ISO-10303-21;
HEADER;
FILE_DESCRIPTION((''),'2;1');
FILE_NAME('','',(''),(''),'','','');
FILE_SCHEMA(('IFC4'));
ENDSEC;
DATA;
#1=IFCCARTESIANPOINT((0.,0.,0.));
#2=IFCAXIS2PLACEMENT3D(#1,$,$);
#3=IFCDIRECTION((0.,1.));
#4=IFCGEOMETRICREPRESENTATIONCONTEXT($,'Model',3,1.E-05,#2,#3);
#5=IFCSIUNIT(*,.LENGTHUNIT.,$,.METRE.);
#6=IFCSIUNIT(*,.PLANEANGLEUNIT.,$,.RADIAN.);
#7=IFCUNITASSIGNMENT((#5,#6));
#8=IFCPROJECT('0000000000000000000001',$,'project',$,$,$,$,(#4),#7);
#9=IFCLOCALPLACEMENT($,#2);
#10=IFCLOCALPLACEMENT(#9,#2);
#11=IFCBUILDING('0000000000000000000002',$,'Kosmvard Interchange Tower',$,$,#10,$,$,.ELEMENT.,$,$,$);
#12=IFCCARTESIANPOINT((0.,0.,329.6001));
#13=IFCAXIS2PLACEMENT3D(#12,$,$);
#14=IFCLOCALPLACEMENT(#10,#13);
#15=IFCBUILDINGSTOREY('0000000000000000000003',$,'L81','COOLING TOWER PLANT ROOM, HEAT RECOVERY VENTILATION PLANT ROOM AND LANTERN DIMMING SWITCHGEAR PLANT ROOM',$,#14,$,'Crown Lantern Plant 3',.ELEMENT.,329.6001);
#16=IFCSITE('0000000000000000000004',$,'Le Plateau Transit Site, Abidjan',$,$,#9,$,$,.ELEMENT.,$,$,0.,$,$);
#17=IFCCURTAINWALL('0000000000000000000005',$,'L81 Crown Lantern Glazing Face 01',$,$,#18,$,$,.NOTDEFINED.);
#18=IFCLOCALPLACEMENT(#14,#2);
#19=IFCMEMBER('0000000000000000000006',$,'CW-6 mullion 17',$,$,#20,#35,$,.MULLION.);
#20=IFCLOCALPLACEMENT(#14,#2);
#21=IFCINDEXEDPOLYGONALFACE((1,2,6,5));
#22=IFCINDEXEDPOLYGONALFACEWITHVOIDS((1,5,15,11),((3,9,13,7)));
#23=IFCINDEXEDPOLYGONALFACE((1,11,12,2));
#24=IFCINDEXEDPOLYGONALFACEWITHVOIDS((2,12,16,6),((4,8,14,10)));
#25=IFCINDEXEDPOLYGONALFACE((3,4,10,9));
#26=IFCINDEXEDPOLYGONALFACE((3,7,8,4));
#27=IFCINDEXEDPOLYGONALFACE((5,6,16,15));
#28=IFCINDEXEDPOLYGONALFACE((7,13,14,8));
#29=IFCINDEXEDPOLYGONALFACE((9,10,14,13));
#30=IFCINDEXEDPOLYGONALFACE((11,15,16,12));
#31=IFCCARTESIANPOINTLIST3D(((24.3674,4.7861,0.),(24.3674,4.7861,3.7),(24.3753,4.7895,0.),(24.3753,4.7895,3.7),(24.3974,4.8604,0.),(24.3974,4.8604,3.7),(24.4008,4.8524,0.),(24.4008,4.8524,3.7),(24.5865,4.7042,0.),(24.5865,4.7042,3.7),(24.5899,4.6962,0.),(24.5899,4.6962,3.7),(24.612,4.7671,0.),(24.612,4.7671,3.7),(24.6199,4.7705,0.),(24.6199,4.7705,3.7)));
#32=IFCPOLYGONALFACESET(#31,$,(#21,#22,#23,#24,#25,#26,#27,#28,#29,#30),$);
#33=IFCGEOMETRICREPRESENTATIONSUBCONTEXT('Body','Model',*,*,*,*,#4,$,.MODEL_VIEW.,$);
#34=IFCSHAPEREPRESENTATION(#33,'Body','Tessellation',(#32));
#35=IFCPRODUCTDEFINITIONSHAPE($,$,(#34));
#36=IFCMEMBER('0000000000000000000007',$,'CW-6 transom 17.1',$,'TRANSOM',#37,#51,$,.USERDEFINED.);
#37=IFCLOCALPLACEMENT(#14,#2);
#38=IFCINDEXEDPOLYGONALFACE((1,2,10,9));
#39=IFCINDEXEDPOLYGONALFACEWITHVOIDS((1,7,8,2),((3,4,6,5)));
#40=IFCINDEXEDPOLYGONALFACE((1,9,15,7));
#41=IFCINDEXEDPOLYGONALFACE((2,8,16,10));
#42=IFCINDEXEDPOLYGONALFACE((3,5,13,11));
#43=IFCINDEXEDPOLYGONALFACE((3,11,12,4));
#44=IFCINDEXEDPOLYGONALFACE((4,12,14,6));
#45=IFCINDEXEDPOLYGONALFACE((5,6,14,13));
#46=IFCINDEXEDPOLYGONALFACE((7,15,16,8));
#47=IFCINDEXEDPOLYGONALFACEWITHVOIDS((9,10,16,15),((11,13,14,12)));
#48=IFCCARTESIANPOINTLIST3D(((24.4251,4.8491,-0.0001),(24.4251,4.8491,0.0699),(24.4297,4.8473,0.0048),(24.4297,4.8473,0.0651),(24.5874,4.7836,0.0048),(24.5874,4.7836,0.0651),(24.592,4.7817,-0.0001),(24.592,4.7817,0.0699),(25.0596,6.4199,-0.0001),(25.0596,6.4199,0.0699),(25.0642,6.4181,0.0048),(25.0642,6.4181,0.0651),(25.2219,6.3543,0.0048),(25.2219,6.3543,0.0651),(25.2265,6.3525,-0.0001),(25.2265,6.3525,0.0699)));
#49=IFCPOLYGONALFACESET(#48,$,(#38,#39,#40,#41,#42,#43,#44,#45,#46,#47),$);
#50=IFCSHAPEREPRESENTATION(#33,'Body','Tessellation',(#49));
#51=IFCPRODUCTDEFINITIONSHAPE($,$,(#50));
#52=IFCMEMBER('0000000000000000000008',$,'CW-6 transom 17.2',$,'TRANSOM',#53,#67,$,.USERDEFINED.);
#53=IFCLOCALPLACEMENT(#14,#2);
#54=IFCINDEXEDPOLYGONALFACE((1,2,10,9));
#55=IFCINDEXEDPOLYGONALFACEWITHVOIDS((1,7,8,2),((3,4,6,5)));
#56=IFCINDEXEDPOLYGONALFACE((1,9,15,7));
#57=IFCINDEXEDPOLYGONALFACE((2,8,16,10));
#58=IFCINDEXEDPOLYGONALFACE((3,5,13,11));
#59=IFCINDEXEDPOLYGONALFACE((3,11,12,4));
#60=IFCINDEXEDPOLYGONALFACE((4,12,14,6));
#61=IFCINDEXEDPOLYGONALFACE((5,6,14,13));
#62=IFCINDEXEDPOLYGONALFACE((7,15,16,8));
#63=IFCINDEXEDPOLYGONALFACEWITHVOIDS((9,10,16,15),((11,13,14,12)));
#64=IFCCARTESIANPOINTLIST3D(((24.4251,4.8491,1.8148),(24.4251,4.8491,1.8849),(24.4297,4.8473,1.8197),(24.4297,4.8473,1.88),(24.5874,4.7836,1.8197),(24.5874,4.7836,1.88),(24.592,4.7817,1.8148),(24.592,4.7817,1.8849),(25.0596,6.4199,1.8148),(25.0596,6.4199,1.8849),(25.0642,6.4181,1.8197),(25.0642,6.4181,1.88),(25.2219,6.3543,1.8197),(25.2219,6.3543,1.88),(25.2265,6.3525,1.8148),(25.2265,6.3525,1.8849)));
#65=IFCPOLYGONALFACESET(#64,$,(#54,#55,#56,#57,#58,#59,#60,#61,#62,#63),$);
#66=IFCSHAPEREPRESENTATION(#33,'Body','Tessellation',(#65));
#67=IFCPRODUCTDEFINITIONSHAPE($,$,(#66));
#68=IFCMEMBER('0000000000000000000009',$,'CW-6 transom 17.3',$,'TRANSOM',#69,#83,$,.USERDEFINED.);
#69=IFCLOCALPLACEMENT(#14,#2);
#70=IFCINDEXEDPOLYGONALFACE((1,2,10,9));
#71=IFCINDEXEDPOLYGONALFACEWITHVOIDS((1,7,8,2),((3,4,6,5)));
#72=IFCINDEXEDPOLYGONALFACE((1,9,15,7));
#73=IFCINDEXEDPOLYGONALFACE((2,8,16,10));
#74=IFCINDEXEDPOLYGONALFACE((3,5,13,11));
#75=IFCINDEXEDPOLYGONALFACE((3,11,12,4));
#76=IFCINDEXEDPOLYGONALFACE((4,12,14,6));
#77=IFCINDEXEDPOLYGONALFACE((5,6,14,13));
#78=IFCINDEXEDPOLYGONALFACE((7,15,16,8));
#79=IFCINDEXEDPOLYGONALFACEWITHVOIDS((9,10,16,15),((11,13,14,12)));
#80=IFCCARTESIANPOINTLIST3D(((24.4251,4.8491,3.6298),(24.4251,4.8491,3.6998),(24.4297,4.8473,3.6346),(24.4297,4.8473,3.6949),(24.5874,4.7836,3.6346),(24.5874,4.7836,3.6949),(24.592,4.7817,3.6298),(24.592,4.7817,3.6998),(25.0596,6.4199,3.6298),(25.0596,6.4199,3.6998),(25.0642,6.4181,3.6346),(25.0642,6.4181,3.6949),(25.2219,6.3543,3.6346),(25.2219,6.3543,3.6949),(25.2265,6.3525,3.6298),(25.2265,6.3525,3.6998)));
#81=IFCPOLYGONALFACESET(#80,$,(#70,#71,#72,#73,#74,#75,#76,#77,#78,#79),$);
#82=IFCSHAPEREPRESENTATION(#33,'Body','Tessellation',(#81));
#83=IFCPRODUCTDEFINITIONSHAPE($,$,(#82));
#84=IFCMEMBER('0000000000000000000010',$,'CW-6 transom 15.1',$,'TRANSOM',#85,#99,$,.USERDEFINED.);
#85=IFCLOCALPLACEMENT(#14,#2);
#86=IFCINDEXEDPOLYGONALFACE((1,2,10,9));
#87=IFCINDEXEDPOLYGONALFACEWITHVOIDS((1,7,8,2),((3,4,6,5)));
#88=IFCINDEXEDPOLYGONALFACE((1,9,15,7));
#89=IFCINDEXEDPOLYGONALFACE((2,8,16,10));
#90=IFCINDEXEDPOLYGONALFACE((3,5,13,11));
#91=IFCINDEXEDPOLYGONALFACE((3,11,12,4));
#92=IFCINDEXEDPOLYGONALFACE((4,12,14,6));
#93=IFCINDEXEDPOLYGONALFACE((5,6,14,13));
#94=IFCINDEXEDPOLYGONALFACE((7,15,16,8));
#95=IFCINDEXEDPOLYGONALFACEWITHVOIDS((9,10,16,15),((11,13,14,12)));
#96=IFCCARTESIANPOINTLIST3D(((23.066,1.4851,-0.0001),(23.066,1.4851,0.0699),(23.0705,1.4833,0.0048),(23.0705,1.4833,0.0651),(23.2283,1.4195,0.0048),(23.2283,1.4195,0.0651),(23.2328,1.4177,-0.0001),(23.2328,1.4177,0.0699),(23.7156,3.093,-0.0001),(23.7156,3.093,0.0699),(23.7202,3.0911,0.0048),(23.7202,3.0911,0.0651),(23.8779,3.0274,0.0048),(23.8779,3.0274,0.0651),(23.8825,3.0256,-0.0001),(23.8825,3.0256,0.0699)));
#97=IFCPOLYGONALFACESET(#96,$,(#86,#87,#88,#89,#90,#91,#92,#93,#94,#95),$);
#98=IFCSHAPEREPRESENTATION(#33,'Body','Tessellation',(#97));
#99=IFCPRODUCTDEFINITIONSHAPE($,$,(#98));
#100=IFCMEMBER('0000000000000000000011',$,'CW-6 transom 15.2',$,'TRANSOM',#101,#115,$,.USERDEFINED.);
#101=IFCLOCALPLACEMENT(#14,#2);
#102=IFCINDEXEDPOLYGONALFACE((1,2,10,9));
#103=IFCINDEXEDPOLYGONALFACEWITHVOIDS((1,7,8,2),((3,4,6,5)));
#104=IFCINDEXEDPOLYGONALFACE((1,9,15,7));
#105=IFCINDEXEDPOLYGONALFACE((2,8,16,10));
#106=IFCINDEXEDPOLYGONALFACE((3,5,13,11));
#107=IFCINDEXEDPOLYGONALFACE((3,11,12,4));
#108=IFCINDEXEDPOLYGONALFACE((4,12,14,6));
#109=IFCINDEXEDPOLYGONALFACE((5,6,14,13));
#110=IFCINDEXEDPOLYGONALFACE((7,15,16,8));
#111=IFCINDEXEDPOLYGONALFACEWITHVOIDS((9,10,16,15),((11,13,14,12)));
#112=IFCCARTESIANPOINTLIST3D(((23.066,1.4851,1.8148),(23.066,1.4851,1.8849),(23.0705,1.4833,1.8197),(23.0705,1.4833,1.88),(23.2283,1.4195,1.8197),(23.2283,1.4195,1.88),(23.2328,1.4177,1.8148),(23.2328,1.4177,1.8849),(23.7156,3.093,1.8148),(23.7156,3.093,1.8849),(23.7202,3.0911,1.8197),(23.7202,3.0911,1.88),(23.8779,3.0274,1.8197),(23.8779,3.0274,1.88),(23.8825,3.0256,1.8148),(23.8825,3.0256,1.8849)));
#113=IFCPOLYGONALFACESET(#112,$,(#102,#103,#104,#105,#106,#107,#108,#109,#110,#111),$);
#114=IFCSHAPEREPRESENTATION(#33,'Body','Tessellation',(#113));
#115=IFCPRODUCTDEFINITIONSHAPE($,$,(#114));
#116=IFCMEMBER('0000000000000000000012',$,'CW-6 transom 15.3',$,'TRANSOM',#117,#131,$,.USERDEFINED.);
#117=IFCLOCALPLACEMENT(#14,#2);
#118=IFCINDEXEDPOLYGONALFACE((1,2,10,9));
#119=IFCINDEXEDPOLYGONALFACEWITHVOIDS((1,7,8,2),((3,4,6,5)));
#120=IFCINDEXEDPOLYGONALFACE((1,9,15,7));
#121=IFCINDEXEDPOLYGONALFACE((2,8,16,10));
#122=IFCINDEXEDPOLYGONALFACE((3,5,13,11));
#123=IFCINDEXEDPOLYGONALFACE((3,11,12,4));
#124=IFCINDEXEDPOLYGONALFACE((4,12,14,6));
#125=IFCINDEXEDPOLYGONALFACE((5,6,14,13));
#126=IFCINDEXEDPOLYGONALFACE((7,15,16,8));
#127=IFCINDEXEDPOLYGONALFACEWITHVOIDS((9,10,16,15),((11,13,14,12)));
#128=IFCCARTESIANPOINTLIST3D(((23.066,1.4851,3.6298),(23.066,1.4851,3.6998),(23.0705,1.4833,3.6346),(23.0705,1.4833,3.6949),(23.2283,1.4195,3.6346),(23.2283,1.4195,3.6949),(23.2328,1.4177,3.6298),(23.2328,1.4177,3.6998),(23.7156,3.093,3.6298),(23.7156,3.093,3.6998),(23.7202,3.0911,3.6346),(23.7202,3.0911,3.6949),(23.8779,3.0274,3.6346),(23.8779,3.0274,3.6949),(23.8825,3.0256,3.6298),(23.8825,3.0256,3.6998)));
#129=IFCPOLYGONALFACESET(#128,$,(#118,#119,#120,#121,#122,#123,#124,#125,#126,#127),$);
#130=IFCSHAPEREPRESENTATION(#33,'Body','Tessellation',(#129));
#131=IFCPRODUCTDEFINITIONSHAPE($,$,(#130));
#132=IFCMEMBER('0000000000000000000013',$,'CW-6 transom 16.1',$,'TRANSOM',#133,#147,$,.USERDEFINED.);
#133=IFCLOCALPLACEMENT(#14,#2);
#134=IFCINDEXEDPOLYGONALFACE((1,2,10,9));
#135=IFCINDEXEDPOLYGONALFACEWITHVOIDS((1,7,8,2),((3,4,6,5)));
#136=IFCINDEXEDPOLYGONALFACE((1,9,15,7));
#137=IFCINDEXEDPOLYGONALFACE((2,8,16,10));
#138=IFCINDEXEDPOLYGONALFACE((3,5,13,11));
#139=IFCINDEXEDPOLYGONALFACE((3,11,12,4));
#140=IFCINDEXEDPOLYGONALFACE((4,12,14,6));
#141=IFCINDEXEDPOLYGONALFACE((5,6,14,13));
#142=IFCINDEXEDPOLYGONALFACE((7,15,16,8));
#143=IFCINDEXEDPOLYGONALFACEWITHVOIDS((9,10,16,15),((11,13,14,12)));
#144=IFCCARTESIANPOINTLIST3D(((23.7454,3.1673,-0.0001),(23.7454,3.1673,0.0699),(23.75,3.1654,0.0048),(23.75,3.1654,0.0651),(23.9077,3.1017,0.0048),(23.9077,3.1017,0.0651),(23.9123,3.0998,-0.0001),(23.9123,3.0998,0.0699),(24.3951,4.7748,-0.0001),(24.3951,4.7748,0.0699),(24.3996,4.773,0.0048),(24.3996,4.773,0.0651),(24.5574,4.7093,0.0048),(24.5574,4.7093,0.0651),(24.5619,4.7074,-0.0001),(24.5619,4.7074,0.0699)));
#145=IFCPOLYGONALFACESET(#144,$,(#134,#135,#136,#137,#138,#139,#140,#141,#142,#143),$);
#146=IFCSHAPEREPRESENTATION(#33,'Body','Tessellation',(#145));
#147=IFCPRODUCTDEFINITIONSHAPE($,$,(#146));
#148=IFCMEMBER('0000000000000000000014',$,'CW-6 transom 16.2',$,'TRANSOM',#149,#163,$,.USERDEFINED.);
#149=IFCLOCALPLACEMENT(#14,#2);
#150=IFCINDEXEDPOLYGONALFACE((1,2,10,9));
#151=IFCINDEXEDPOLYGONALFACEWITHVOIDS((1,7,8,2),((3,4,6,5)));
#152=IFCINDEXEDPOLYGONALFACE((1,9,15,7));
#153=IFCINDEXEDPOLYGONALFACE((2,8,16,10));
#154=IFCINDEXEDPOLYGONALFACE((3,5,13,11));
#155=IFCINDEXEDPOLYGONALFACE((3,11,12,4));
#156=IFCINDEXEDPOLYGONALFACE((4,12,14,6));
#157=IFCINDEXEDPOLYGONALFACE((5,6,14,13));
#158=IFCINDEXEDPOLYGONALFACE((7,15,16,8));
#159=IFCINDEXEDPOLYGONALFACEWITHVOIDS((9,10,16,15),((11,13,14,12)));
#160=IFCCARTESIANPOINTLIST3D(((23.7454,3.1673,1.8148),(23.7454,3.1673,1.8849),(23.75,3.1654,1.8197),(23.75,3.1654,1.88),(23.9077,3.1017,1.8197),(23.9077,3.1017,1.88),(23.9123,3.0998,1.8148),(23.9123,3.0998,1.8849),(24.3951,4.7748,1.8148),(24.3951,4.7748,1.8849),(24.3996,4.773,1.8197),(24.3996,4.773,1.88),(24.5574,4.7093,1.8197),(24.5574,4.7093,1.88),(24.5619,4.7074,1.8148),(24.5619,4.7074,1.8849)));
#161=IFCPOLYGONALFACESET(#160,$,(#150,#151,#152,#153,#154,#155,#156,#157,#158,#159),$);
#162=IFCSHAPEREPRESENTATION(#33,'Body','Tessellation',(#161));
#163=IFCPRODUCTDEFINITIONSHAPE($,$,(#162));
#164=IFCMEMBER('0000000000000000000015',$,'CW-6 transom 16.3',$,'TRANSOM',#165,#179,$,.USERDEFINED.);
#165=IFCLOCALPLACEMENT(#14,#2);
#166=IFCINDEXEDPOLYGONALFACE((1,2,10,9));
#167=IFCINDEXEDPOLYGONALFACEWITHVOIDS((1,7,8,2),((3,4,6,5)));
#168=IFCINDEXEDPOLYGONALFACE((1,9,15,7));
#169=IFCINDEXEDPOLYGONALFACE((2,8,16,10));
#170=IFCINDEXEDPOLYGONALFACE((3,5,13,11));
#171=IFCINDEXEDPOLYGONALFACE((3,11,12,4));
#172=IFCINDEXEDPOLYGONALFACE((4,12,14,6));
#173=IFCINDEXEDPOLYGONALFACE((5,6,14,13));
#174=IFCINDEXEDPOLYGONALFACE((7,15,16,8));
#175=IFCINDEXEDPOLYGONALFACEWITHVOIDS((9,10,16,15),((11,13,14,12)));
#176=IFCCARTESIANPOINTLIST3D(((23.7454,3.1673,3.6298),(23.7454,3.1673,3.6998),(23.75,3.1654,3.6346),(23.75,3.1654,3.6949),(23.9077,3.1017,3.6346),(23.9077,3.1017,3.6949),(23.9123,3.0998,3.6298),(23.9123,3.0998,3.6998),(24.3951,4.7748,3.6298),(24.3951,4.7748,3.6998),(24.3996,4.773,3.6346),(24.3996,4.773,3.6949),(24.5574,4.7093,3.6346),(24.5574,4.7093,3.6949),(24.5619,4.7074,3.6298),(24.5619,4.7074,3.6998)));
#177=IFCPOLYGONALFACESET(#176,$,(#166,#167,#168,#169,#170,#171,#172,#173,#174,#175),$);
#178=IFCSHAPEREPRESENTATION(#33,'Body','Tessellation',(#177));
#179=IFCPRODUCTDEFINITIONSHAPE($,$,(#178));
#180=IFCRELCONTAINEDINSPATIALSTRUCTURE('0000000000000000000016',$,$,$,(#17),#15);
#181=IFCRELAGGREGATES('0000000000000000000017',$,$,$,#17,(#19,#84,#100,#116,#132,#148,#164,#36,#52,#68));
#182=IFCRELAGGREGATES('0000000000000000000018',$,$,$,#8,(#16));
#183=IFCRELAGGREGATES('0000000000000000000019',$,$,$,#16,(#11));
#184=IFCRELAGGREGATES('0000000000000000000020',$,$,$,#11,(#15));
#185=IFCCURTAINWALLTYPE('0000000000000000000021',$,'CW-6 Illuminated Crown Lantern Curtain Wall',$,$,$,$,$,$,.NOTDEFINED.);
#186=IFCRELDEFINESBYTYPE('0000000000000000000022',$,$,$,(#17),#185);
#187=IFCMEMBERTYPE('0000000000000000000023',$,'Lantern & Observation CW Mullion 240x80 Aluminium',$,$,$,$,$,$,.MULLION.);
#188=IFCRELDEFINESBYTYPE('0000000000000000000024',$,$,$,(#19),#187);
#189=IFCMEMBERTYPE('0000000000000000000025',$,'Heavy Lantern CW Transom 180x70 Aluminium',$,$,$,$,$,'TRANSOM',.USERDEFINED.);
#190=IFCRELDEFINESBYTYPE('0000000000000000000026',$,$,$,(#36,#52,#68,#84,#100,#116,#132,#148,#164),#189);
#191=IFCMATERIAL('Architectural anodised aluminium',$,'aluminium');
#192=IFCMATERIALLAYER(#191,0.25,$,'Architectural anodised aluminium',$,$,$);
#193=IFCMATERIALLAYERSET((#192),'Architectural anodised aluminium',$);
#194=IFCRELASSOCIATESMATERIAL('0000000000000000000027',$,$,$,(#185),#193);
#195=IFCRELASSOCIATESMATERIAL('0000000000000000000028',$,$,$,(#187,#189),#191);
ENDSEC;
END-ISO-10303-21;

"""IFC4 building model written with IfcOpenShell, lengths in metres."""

from ifc_helpers import new_model, si_unit, direction, frame, origin, origin_2d, place, context, subcontext, project, spatial, hollow_rectangle, extrude, source, transform, mapped, material, layer, layer_set, material_profile, profile_set, type_object, element, aggregate, save


model = new_model("IFC4")

# Units and contexts
model_context = context("Model", 3, precision=1e-05, world=origin(), true_north=direction((0.0, 1.0)))
body_context = subcontext(model_context, "Body", "Model", "MODEL_VIEW")
ifc_project = project(units=[si_unit("LENGTHUNIT", "METRE"), si_unit("PLANEANGLEUNIT", "RADIAN")], contexts=[model_context])

# Site, building, storey
site_placement = place(None, origin())
site = spatial("IfcSite", under=ifc_project, at=site_placement, Name="Le Plateau Transit Site, Abidjan", CompositionType="ELEMENT", RefElevation=0.0)
building_placement = place(site_placement, origin())
building = spatial("IfcBuilding", under=site, at=building_placement, Name="Kosmvard Interchange Tower", CompositionType="ELEMENT")
storey_placement = place(building_placement, frame((0.0, 0.0, 329.6001)))
storey = spatial("IfcBuildingStorey", under=building, at=storey_placement, Name="L81", Description="COOLING TOWER PLANT ROOM, HEAT RECOVERY VENTILATION PLANT ROOM AND LANTERN DIMMING SWITCHGEAR PLANT ROOM", LongName="Crown Lantern Plant 3", CompositionType="ELEMENT", Elevation=329.6001)

# Curtain wall, members
ifc_material_1 = material(Name="Architectural anodised aluminium", Category="aluminium")
ifc_layer_1 = layer(ifc_material_1, 0.25, Name="Architectural anodised aluminium")
ifc_layer_set_1 = layer_set([ifc_layer_1], Name="Architectural anodised aluminium")
curtain_wall_type = type_object("IfcCurtainWallType", Name="CW-6 Illuminated Crown Lantern Curtain Wall", PredefinedType="NOTDEFINED", material=ifc_layer_set_1)
curtain_wall_placement = place(storey_placement, origin())
curtain_wall = element("IfcCurtainWall", 1, at=curtain_wall_placement, inside=storey, type_object=curtain_wall_type, Name="L81 Crown Lantern Glazing Face 01", PredefinedType="NOTDEFINED")
ifc_material_profile_1 = material_profile(ifc_material_1, hollow_rectangle(XDim=0.24, YDim=0.0801, WallThickness=0.0061, at=origin_2d()), Name="CWM 240x80x6")
ifc_profile_set_1 = profile_set([ifc_material_profile_1], Name="Architectural anodised aluminium")
member_type_1 = type_object("IfcMemberType", Name="Lantern & Observation CW Mullion 240x80 Aluminium", PredefinedType="MULLION", material=ifc_profile_set_1)
shared_shape_1 = source(origin(), body_context, "Body", "SweptSolid", [
    extrude(hollow_rectangle(XDim=0.24, YDim=0.0801, WallThickness=0.0061, at=origin_2d()), origin(), (0.0, 0.0, 1.0), 3.7),
])
member_1_placement = place(storey_placement, frame((24.4937, 4.7783, 0.0), z_axis=(0.0, 0.0, 1.0), x_axis=(-0.927184, 0.374607, 0.0)))
member_1 = element("IfcMember", 2, at=member_1_placement, type_object=member_type_1, Name="CW-6 mullion 17", PredefinedType="MULLION", context=body_context, shape_type="MappedRepresentation", body=[
    mapped(shared_shape_1, transform((0.0, 0.0, 0.0), scale=1.0)),
])
ifc_material_profile_2 = material_profile(ifc_material_1, hollow_rectangle(XDim=0.1799, YDim=0.0701, WallThickness=0.0049, at=origin_2d()), Name="CWT 180x70x5")
ifc_profile_set_2 = profile_set([ifc_material_profile_2], Name="Architectural anodised aluminium")
member_type_2 = type_object("IfcMemberType", Name="Heavy Lantern CW Transom 180x70 Aluminium", ElementType="TRANSOM", PredefinedType="USERDEFINED", material=ifc_profile_set_2)
shared_shape_2 = source(origin(), body_context, "Body", "SweptSolid", [
    extrude(hollow_rectangle(XDim=0.1799, YDim=0.0701, WallThickness=0.0049, at=origin_2d()), origin(), (0.0, 0.0, 1.0), 1.6941),
])
member_2_placement = place(storey_placement, frame((24.5085, 4.8154, 0.0349), z_axis=(0.374544, 0.927209, 0.0), x_axis=(-0.927209, 0.374544, 0.0)))
member_2 = element("IfcMember", 3, at=member_2_placement, type_object=member_type_2, Name="CW-6 transom 17.1", ObjectType="TRANSOM", PredefinedType="USERDEFINED", context=body_context, shape_type="MappedRepresentation", body=[
    mapped(shared_shape_2, transform((0.0, 0.0, 0.0), scale=1.0)),
])
member_3_placement = place(storey_placement, frame((24.5085, 4.8154, 1.8499), z_axis=(0.374544, 0.927209, 0.0), x_axis=(-0.927209, 0.374544, 0.0)))
member_3 = element("IfcMember", 4, at=member_3_placement, type_object=member_type_2, Name="CW-6 transom 17.2", ObjectType="TRANSOM", PredefinedType="USERDEFINED", context=body_context, shape_type="MappedRepresentation", body=[
    mapped(shared_shape_2, transform((0.0, 0.0, 0.0), scale=1.0)),
])
member_4_placement = place(storey_placement, frame((24.5085, 4.8154, 3.6648), z_axis=(0.374544, 0.927209, 0.0), x_axis=(-0.927209, 0.374544, 0.0)))
member_4 = element("IfcMember", 5, at=member_4_placement, type_object=member_type_2, Name="CW-6 transom 17.3", ObjectType="TRANSOM", PredefinedType="USERDEFINED", context=body_context, shape_type="MappedRepresentation", body=[
    mapped(shared_shape_2, transform((0.0, 0.0, 0.0), scale=1.0)),
])
shared_shape_3 = source(origin(), body_context, "Body", "SweptSolid", [
    extrude(hollow_rectangle(XDim=0.1799, YDim=0.0701, WallThickness=0.0049, at=origin_2d()), origin(), (0.0, 0.0, 1.0), 1.7341),
])
member_5_placement = place(storey_placement, frame((23.1494, 1.4514, 0.0349), z_axis=(0.374617, 0.92718, 0.0), x_axis=(-0.92718, 0.374617, 0.0)))
member_5 = element("IfcMember", 6, at=member_5_placement, type_object=member_type_2, Name="CW-6 transom 15.1", ObjectType="TRANSOM", PredefinedType="USERDEFINED", context=body_context, shape_type="MappedRepresentation", body=[
    mapped(shared_shape_3, transform((0.0, 0.0, 0.0), scale=1.0)),
])
member_6_placement = place(storey_placement, frame((23.1494, 1.4514, 1.8499), z_axis=(0.374617, 0.92718, 0.0), x_axis=(-0.92718, 0.374617, 0.0)))
member_6 = element("IfcMember", 7, at=member_6_placement, type_object=member_type_2, Name="CW-6 transom 15.2", ObjectType="TRANSOM", PredefinedType="USERDEFINED", context=body_context, shape_type="MappedRepresentation", body=[
    mapped(shared_shape_3, transform((0.0, 0.0, 0.0), scale=1.0)),
])
member_7_placement = place(storey_placement, frame((23.1494, 1.4514, 3.6648), z_axis=(0.374617, 0.92718, 0.0), x_axis=(-0.92718, 0.374617, 0.0)))
member_7 = element("IfcMember", 8, at=member_7_placement, type_object=member_type_2, Name="CW-6 transom 15.3", ObjectType="TRANSOM", PredefinedType="USERDEFINED", context=body_context, shape_type="MappedRepresentation", body=[
    mapped(shared_shape_3, transform((0.0, 0.0, 0.0), scale=1.0)),
])
shared_shape_4 = source(origin(), body_context, "Body", "SweptSolid", [
    extrude(hollow_rectangle(XDim=0.1799, YDim=0.0701, WallThickness=0.0049, at=origin_2d()), origin(), (0.0, 0.0, 1.0), 1.7339),
])
member_8_placement = place(storey_placement, frame((23.8289, 3.1335, 0.0349), z_axis=(0.374666, 0.92716, 0.0), x_axis=(-0.92716, 0.374666, 0.0)))
member_8 = element("IfcMember", 9, at=member_8_placement, type_object=member_type_2, Name="CW-6 transom 16.1", ObjectType="TRANSOM", PredefinedType="USERDEFINED", context=body_context, shape_type="MappedRepresentation", body=[
    mapped(shared_shape_4, transform((0.0, 0.0, 0.0), scale=1.0)),
])
member_9_placement = place(storey_placement, frame((23.8289, 3.1335, 1.8499), z_axis=(0.374666, 0.92716, 0.0), x_axis=(-0.92716, 0.374666, 0.0)))
member_9 = element("IfcMember", 10, at=member_9_placement, type_object=member_type_2, Name="CW-6 transom 16.2", ObjectType="TRANSOM", PredefinedType="USERDEFINED", context=body_context, shape_type="MappedRepresentation", body=[
    mapped(shared_shape_4, transform((0.0, 0.0, 0.0), scale=1.0)),
])
member_10_placement = place(storey_placement, frame((23.8289, 3.1335, 3.6648), z_axis=(0.374666, 0.92716, 0.0), x_axis=(-0.92716, 0.374666, 0.0)))
member_10 = element("IfcMember", 11, at=member_10_placement, type_object=member_type_2, Name="CW-6 transom 16.3", ObjectType="TRANSOM", PredefinedType="USERDEFINED", context=body_context, shape_type="MappedRepresentation", body=[
    mapped(shared_shape_4, transform((0.0, 0.0, 0.0), scale=1.0)),
])

aggregate(curtain_wall, [member_1, member_5, member_6, member_7, member_8, member_9, member_10, member_2, member_3, member_4])

save(model, "model.ifc")
